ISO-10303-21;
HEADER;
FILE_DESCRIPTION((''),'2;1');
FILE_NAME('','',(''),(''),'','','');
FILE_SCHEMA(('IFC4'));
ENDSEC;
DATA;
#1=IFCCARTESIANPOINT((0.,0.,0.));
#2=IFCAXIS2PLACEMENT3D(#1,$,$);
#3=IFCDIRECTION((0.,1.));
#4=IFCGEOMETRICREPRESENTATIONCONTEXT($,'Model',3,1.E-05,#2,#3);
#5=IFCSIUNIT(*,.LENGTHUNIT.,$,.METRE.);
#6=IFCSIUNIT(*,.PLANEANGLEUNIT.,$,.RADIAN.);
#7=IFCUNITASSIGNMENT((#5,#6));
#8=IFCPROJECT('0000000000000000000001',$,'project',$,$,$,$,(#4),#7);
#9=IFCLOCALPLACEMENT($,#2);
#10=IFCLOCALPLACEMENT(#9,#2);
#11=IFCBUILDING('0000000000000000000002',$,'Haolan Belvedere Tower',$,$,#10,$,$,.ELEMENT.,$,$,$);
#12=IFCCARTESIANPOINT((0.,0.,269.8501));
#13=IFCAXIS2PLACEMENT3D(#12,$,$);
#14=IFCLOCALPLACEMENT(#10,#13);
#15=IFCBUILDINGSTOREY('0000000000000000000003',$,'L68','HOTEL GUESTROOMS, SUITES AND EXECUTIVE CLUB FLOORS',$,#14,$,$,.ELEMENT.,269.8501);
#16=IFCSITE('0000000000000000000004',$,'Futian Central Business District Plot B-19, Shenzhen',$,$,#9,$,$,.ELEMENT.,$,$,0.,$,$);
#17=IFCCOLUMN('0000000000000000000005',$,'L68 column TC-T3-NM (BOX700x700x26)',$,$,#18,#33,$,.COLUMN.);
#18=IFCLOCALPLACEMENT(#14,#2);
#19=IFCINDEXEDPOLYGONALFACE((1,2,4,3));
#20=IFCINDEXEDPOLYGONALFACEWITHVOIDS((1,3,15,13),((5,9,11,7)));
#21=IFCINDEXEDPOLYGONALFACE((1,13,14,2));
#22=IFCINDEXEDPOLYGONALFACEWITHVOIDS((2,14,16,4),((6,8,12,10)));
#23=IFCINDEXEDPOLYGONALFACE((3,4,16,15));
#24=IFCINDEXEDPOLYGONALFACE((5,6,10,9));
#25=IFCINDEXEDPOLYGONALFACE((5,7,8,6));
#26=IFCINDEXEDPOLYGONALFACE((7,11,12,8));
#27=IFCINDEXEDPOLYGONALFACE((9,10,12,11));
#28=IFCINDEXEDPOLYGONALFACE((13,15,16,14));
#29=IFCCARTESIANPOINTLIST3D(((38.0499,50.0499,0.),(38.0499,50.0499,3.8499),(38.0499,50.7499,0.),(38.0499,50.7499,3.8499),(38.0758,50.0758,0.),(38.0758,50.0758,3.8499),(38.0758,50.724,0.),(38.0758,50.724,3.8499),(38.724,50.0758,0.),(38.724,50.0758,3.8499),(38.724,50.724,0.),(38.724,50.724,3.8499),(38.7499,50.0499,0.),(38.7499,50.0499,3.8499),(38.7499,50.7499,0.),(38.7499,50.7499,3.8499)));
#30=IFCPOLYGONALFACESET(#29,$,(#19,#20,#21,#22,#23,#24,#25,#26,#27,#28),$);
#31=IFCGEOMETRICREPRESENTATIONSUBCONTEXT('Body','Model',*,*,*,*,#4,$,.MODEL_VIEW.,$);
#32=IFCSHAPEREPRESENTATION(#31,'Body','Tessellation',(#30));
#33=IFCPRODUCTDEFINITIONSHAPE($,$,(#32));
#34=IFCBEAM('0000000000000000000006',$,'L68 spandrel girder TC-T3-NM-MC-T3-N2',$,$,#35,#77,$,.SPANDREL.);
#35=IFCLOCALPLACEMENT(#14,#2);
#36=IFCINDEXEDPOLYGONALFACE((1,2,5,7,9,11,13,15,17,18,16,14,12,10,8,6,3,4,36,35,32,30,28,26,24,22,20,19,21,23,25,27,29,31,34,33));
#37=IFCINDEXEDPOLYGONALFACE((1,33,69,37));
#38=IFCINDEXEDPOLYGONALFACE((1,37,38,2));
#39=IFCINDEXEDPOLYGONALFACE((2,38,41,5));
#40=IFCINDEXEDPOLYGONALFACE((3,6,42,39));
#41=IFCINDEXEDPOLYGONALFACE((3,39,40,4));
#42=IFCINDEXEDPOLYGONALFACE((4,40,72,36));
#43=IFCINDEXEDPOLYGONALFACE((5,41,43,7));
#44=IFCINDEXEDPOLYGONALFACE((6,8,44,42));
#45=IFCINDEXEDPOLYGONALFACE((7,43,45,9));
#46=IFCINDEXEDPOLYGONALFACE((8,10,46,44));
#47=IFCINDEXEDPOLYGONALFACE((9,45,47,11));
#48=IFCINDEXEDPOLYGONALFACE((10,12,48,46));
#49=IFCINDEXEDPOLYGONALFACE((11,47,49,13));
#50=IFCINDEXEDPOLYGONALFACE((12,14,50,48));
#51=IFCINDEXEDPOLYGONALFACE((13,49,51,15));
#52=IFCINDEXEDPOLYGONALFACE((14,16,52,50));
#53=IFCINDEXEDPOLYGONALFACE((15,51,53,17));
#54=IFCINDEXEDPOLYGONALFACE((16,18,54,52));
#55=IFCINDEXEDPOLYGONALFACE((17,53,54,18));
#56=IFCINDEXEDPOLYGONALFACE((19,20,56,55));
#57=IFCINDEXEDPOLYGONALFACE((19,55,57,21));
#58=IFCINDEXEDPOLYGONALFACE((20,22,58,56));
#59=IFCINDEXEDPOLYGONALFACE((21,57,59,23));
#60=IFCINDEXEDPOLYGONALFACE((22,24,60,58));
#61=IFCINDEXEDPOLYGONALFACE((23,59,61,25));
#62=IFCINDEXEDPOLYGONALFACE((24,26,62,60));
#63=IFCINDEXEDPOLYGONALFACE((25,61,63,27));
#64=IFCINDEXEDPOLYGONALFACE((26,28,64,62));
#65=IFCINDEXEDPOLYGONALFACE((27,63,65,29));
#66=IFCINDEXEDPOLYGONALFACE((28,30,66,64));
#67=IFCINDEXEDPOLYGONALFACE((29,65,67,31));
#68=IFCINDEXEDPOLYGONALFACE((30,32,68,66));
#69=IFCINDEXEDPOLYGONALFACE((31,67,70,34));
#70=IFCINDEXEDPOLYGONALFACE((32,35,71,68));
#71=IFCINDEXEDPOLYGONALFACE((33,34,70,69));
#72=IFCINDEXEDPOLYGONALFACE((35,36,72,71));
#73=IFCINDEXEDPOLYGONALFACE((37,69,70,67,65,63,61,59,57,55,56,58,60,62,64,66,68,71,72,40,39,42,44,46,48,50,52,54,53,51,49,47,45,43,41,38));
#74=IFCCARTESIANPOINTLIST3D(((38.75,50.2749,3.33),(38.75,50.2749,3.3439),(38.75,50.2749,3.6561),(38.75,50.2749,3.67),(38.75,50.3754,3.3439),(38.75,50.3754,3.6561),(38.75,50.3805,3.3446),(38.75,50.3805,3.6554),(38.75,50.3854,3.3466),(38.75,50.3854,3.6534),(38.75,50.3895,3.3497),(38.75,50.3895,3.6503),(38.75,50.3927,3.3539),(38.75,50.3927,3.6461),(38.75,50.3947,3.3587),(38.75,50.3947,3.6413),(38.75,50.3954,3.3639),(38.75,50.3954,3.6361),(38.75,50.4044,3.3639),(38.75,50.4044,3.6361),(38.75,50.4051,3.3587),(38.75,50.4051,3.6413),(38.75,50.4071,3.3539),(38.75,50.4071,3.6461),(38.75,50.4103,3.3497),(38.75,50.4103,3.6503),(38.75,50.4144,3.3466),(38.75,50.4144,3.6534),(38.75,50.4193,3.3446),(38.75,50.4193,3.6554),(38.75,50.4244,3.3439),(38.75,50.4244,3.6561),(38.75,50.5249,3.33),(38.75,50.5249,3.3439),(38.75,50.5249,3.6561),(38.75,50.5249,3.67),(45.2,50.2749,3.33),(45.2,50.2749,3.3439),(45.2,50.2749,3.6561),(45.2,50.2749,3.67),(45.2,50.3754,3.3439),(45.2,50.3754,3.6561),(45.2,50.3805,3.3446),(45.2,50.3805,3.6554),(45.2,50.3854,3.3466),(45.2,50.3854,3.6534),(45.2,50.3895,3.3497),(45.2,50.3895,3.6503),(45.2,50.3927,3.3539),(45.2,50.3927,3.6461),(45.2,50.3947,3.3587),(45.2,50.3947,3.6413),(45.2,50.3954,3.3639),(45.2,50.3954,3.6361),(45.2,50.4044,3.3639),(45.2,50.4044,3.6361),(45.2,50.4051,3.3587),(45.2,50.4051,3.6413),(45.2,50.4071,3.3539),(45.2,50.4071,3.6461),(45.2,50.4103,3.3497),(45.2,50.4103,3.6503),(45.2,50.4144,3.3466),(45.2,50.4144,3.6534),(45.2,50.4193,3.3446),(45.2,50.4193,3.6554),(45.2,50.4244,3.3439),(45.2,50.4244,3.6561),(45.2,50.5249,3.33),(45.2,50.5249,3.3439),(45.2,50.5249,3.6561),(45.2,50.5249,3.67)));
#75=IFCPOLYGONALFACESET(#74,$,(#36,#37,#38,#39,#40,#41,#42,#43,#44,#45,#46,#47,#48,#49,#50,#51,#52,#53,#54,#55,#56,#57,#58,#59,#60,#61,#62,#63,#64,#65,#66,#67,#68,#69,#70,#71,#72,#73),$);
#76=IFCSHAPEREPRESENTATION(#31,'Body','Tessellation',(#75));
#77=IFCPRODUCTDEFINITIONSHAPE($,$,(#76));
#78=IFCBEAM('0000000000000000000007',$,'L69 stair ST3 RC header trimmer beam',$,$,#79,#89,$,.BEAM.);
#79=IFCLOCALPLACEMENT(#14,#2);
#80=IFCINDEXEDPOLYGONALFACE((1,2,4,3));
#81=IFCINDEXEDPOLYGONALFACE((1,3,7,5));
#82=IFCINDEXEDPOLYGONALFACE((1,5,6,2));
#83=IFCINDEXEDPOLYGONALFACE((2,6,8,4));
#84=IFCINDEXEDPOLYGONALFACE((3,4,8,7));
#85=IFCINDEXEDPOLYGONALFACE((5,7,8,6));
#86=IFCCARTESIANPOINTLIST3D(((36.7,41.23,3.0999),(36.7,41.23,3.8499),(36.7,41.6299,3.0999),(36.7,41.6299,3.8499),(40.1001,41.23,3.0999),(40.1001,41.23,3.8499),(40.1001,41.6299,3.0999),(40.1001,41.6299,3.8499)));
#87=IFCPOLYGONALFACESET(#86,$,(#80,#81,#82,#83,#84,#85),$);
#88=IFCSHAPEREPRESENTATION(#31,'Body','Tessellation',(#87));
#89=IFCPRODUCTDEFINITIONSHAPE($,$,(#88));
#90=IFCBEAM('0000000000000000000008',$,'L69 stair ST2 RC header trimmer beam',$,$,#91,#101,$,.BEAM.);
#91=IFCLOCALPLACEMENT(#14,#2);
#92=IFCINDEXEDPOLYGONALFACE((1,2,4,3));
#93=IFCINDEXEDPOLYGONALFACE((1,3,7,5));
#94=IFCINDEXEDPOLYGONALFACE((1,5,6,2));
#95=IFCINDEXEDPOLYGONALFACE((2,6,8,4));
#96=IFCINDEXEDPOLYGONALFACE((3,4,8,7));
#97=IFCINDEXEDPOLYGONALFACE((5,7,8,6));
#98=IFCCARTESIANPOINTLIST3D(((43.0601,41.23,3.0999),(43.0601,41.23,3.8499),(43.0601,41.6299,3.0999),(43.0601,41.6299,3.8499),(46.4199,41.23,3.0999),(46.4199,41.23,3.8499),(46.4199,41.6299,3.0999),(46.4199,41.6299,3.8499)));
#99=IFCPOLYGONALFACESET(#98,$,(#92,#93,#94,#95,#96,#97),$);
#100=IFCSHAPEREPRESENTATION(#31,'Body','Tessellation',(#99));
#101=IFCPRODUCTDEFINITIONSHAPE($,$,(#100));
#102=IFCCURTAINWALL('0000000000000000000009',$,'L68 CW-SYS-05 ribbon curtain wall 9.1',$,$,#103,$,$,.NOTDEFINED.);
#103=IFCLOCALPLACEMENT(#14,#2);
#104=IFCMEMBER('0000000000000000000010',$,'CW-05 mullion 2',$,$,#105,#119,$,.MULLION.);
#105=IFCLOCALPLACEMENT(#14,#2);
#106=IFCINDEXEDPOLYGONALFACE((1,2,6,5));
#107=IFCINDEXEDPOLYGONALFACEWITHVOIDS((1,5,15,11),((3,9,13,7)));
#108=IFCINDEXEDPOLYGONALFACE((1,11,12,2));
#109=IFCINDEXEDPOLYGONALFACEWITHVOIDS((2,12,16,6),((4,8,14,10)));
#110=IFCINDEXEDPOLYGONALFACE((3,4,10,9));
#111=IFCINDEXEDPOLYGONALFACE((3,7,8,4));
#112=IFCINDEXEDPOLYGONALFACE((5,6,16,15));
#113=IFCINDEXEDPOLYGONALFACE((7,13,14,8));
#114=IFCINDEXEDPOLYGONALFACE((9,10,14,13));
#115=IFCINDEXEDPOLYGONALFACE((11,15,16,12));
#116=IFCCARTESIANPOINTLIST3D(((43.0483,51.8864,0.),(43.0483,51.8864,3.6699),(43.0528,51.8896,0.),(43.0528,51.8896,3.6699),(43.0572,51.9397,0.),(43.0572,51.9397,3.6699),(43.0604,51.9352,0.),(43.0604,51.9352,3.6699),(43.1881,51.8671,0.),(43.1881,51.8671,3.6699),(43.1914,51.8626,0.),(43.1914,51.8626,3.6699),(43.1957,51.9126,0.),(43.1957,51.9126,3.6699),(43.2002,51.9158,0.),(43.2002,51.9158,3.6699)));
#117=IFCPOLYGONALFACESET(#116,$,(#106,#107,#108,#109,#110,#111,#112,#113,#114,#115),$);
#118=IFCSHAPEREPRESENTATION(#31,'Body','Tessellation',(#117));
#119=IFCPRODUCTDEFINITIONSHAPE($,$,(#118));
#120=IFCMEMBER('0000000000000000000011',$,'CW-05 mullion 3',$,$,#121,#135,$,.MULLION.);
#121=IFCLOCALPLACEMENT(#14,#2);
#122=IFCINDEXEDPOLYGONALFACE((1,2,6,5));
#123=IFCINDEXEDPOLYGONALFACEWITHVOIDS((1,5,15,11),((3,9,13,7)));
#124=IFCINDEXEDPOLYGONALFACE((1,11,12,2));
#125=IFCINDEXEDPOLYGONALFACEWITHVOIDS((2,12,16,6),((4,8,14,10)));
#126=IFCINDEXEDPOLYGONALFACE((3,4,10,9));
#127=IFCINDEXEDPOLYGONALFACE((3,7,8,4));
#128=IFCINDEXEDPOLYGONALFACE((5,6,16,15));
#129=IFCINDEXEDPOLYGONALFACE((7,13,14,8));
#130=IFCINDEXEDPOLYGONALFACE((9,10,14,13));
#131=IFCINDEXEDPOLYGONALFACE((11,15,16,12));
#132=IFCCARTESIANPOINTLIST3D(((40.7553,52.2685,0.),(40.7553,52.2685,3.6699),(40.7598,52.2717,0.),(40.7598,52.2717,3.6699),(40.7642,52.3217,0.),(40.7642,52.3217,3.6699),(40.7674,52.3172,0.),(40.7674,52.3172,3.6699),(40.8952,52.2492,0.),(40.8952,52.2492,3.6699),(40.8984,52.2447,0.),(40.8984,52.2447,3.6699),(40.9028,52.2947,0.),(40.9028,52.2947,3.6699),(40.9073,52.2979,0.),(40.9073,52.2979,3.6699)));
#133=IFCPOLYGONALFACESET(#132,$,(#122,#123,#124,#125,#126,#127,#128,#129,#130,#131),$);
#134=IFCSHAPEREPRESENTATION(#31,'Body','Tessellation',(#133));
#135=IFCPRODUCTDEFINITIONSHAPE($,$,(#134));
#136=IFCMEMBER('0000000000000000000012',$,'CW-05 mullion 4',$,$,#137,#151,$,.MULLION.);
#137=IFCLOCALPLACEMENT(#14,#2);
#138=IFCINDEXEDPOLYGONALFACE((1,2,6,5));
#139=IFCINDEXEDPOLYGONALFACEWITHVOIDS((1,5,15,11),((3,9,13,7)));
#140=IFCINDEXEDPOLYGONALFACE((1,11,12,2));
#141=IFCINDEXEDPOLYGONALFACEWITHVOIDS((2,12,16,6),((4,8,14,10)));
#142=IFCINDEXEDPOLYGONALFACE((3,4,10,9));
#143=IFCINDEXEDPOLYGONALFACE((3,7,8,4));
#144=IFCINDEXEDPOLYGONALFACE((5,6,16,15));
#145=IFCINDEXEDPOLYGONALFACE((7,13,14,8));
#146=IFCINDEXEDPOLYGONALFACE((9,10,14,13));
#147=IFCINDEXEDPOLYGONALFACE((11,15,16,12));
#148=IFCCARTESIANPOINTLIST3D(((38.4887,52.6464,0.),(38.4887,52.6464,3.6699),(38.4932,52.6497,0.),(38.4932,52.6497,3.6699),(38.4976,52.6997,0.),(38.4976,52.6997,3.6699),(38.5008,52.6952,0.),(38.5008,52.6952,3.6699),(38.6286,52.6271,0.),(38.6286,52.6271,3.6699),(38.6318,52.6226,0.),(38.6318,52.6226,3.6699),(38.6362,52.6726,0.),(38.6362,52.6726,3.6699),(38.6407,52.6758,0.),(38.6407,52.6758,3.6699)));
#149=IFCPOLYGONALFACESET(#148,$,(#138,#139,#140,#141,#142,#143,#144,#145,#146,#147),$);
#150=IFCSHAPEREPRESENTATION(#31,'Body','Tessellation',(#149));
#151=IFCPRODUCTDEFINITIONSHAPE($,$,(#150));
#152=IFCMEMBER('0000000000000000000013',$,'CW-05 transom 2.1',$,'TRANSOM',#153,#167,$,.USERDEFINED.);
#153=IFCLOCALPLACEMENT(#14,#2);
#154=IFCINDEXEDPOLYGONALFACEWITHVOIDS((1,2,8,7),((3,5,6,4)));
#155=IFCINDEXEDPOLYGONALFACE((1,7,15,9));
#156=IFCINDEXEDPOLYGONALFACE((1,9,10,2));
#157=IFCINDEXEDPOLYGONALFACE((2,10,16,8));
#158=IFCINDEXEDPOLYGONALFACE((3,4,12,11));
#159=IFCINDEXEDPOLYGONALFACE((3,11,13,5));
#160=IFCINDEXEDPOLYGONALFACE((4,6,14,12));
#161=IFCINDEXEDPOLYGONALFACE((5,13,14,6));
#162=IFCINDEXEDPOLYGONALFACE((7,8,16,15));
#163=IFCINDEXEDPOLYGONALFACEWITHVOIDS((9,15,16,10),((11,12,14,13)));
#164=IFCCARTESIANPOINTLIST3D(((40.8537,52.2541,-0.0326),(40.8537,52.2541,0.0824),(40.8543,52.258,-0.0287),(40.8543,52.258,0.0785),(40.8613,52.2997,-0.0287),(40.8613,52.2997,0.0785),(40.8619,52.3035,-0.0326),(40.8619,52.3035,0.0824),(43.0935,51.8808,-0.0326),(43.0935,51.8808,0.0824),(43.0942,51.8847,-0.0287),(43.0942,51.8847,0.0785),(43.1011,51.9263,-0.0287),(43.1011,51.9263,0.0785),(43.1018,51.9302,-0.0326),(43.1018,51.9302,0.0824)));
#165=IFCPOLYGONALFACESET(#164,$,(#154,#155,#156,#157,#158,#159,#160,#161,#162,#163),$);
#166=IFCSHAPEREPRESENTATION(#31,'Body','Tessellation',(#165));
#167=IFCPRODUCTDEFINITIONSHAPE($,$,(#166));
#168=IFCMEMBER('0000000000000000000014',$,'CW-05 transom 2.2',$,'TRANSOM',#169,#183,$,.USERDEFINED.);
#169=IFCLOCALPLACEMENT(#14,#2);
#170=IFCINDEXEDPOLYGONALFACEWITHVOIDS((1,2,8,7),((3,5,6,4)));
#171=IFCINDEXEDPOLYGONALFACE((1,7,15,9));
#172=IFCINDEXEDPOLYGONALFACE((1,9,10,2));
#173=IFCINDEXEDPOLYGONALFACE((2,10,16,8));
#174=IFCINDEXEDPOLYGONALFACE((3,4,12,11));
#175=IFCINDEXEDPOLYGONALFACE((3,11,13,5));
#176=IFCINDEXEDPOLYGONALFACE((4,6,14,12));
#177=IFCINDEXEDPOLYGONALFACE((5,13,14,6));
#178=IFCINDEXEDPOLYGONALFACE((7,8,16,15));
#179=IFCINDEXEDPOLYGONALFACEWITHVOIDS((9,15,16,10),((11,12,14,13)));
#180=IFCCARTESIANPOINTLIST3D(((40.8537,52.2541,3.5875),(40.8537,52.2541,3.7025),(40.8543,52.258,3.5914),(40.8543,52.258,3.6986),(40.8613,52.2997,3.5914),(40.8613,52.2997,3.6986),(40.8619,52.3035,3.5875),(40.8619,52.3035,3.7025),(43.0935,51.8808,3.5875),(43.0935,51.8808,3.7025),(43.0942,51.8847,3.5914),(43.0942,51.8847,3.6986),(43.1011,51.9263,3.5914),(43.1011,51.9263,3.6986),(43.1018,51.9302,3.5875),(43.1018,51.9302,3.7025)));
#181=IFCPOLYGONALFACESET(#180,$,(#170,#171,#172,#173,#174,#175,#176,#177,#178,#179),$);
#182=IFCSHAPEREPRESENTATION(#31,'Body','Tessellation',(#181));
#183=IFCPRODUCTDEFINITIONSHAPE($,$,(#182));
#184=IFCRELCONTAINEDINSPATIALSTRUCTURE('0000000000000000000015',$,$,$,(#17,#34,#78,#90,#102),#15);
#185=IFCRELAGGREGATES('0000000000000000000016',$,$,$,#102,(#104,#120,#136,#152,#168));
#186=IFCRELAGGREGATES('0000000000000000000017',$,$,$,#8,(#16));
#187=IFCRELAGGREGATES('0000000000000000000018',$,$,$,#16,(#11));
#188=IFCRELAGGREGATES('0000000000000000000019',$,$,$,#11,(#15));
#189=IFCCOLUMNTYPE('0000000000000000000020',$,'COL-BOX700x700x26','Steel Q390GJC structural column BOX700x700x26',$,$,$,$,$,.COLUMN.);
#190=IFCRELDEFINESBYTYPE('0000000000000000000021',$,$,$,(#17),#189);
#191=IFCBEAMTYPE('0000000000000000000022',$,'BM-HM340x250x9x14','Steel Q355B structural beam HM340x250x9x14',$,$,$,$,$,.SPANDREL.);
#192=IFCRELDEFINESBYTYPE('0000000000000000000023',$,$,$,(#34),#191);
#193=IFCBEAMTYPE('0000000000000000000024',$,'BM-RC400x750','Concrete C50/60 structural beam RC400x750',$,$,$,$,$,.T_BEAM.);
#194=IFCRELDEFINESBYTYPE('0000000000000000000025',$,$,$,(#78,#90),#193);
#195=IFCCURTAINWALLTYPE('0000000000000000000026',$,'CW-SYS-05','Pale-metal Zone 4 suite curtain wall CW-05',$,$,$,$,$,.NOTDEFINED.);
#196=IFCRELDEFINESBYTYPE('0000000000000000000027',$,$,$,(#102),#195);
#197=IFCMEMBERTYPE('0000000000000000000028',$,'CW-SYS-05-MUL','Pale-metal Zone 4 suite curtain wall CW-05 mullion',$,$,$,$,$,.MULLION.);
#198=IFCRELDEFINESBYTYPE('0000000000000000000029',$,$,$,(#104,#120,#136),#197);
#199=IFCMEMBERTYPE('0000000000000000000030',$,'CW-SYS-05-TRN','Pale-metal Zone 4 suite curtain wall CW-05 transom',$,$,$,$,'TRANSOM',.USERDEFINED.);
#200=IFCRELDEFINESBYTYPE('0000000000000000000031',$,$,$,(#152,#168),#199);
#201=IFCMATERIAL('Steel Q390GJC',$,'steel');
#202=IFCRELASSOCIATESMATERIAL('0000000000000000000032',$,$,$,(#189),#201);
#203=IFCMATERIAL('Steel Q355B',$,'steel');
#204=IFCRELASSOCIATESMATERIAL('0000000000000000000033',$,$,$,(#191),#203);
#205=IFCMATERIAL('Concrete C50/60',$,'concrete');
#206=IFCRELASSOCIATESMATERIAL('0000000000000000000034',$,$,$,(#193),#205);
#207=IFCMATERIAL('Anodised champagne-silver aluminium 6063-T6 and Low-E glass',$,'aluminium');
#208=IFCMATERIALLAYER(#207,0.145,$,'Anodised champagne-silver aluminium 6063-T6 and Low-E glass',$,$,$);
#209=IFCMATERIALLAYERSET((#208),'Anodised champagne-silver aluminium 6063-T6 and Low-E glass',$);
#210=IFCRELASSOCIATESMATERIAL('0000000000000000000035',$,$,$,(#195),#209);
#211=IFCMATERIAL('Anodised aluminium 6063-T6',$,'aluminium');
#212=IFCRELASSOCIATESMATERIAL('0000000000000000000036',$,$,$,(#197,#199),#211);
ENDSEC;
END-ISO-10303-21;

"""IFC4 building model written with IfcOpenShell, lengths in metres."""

from ifc_helpers import new_model, si_unit, direction, frame, origin, origin_2d, place, context, subcontext, project, spatial, rectangle, hollow_rectangle, i_section, extrude, material, layer, layer_set, material_profile, profile_set, type_object, element, aggregate, save


model = new_model("IFC4")

# Units and contexts
model_context = context("Model", 3, precision=1e-05, world=origin(), true_north=direction((0.0, 1.0)))
body_context = subcontext(model_context, "Body", "Model", "MODEL_VIEW")
ifc_project = project(units=[si_unit("LENGTHUNIT", "METRE"), si_unit("PLANEANGLEUNIT", "RADIAN")], contexts=[model_context])

# Site, building, storey
site_placement = place(None, origin())
site = spatial("IfcSite", under=ifc_project, at=site_placement, Name="Futian Central Business District Plot B-19, Shenzhen", CompositionType="ELEMENT", RefElevation=0.0)
building_placement = place(site_placement, origin())
building = spatial("IfcBuilding", under=site, at=building_placement, Name="Haolan Belvedere Tower", CompositionType="ELEMENT")
storey_placement = place(building_placement, frame((0.0, 0.0, 269.8501)))
storey = spatial("IfcBuildingStorey", under=building, at=storey_placement, Name="L68", Description="HOTEL GUESTROOMS, SUITES AND EXECUTIVE CLUB FLOORS", CompositionType="ELEMENT", Elevation=269.8501)

# Column
ifc_material_1 = material(Name="Steel Q390GJC", Category="steel")
ifc_material_profile_1 = material_profile(ifc_material_1, hollow_rectangle(XDim=0.7, YDim=0.7, WallThickness=0.0259, at=origin_2d()), Name="Steel Q390GJC")
ifc_profile_set_1 = profile_set([ifc_material_profile_1], Name="Steel Q390GJC")
column_type = type_object("IfcColumnType", Name="COL-BOX700x700x26", Description="Steel Q390GJC structural column BOX700x700x26", PredefinedType="COLUMN", material=ifc_profile_set_1)
column_placement = place(storey_placement, frame((38.3999, 50.3999, 0.0), z_axis=(0.0, 0.0, 1.0), x_axis=(1.0, 0.0, 0.0)))
element("IfcColumn", 1, at=column_placement, inside=storey, type_object=column_type, Name="L68 column TC-T3-NM (BOX700x700x26)", PredefinedType="COLUMN", context=body_context, shape_type="SweptSolid", body=[
    extrude(hollow_rectangle(XDim=0.7, YDim=0.7, WallThickness=0.0259, at=origin_2d()), origin(), (0.0, 0.0, 1.0), 3.8499),
])

# Beams
ifc_material_2 = material(Name="Steel Q355B", Category="steel")
ifc_material_profile_2 = material_profile(ifc_material_2, i_section(OverallWidth=0.25, OverallDepth=0.3401, WebThickness=0.009, FlangeThickness=0.0139, FilletRadius=0.02, at=origin_2d()), Name="Steel Q355B")
ifc_profile_set_2 = profile_set([ifc_material_profile_2], Name="Steel Q355B")
beam_type_1 = type_object("IfcBeamType", Name="BM-HM340x250x9x14", Description="Steel Q355B structural beam HM340x250x9x14", PredefinedType="SPANDREL", material=ifc_profile_set_2)
beam_1_placement = place(storey_placement, frame((38.75, 50.3999, 3.5), z_axis=(1.0, 0.0, 0.0), x_axis=(0.0, 1.0, 0.0)))
element("IfcBeam", 2, at=beam_1_placement, inside=storey, type_object=beam_type_1, Name="L68 spandrel girder TC-T3-NM-MC-T3-N2", PredefinedType="SPANDREL", context=body_context, shape_type="SweptSolid", body=[
    extrude(i_section(OverallWidth=0.25, OverallDepth=0.3401, WebThickness=0.009, FlangeThickness=0.0139, FilletRadius=0.02, at=origin_2d()), origin(), (0.0, 0.0, 1.0), 6.45),
])
ifc_material_3 = material(Name="Concrete C50/60", Category="concrete")
ifc_material_profile_3 = material_profile(ifc_material_3, rectangle(XDim=0.3999, YDim=0.75, at=origin_2d()), Name="Concrete C50/60")
ifc_profile_set_3 = profile_set([ifc_material_profile_3], Name="Concrete C50/60")
beam_type_2 = type_object("IfcBeamType", Name="BM-RC400x750", Description="Concrete C50/60 structural beam RC400x750", PredefinedType="T_BEAM", material=ifc_profile_set_3)
beam_2_placement = place(storey_placement, frame((36.7, 41.4299, 3.4749), z_axis=(1.0, 0.0, 0.0), x_axis=(0.0, 1.0, 0.0)))
element("IfcBeam", 3, at=beam_2_placement, inside=storey, type_object=beam_type_2, Name="L69 stair ST3 RC header trimmer beam", PredefinedType="BEAM", context=body_context, shape_type="SweptSolid", body=[
    extrude(rectangle(XDim=0.3999, YDim=0.75, at=origin_2d()), origin(), (0.0, 0.0, 1.0), 3.4001),
])
beam_3_placement = place(storey_placement, frame((43.0601, 41.4299, 3.4749), z_axis=(1.0, 0.0, 0.0), x_axis=(0.0, 1.0, 0.0)))
element("IfcBeam", 4, at=beam_3_placement, inside=storey, type_object=beam_type_2, Name="L69 stair ST2 RC header trimmer beam", PredefinedType="BEAM", context=body_context, shape_type="SweptSolid", body=[
    extrude(rectangle(XDim=0.3999, YDim=0.75, at=origin_2d()), origin(), (0.0, 0.0, 1.0), 3.3599),
])

# Curtain wall, members
ifc_material_4 = material(Name="Anodised champagne-silver aluminium 6063-T6 and Low-E glass", Category="aluminium")
ifc_layer_1 = layer(ifc_material_4, 0.145, Name="Anodised champagne-silver aluminium 6063-T6 and Low-E glass")
ifc_layer_set_1 = layer_set([ifc_layer_1], Name="Anodised champagne-silver aluminium 6063-T6 and Low-E glass")
curtain_wall_type = type_object("IfcCurtainWallType", Name="CW-SYS-05", Description="Pale-metal Zone 4 suite curtain wall CW-05", PredefinedType="NOTDEFINED", material=ifc_layer_set_1)
curtain_wall_placement = place(storey_placement, origin())
curtain_wall = element("IfcCurtainWall", 5, at=curtain_wall_placement, inside=storey, type_object=curtain_wall_type, Name="L68 CW-SYS-05 ribbon curtain wall 9.1", PredefinedType="NOTDEFINED")
ifc_material_5 = material(Name="Anodised aluminium 6063-T6", Category="aluminium")
ifc_material_profile_4 = material_profile(ifc_material_5, hollow_rectangle(XDim=0.054, YDim=0.145, WallThickness=0.0039, at=origin_2d()), Name="Anodised aluminium 6063-T6")
ifc_profile_set_4 = profile_set([ifc_material_profile_4], Name="Anodised aluminium 6063-T6")
member_type_1 = type_object("IfcMemberType", Name="CW-SYS-05-MUL", Description="Pale-metal Zone 4 suite curtain wall CW-05 mullion", PredefinedType="MULLION", material=ifc_profile_set_4)
member_1_placement = place(storey_placement, frame((43.1243, 51.9011, 0.0), z_axis=(0.0, 0.0, 1.0), x_axis=(-0.164406, -0.986393, 0.0)))
member_1 = element("IfcMember", 6, at=member_1_placement, type_object=member_type_1, Name="CW-05 mullion 2", PredefinedType="MULLION", context=body_context, shape_type="SweptSolid", body=[
    extrude(hollow_rectangle(XDim=0.054, YDim=0.145, WallThickness=0.0039, at=origin_2d()), origin(), (0.0, 0.0, 1.0), 3.6699),
])
member_2_placement = place(storey_placement, frame((40.8313, 52.2832, 0.0), z_axis=(0.0, 0.0, 1.0), x_axis=(-0.164406, -0.986393, 0.0)))
member_2 = element("IfcMember", 7, at=member_2_placement, type_object=member_type_1, Name="CW-05 mullion 3", PredefinedType="MULLION", context=body_context, shape_type="SweptSolid", body=[
    extrude(hollow_rectangle(XDim=0.054, YDim=0.145, WallThickness=0.0039, at=origin_2d()), origin(), (0.0, 0.0, 1.0), 3.6699),
])
member_3_placement = place(storey_placement, frame((38.5647, 52.6611, 0.0), z_axis=(0.0, 0.0, 1.0), x_axis=(-0.164406, -0.986393, 0.0)))
member_3 = element("IfcMember", 8, at=member_3_placement, type_object=member_type_1, Name="CW-05 mullion 4", PredefinedType="MULLION", context=body_context, shape_type="SweptSolid", body=[
    extrude(hollow_rectangle(XDim=0.054, YDim=0.145, WallThickness=0.0039, at=origin_2d()), origin(), (0.0, 0.0, 1.0), 3.6699),
])
ifc_material_profile_5 = material_profile(ifc_material_5, hollow_rectangle(XDim=0.05, YDim=0.115, WallThickness=0.0039, at=origin_2d()), Name="Anodised aluminium 6063-T6")
ifc_profile_set_5 = profile_set([ifc_material_profile_5], Name="Anodised aluminium 6063-T6")
member_type_2 = type_object("IfcMemberType", Name="CW-SYS-05-TRN", Description="Pale-metal Zone 4 suite curtain wall CW-05 transom", ElementType="TRANSOM", PredefinedType="USERDEFINED", material=ifc_profile_set_5)
member_4_placement = place(storey_placement, frame((43.0977, 51.9055, 0.0249), z_axis=(-0.986394, 0.164399, 0.0), x_axis=(-0.164399, -0.986394, 0.0)))
member_4 = element("IfcMember", 9, at=member_4_placement, type_object=member_type_2, Name="CW-05 transom 2.1", ObjectType="TRANSOM", PredefinedType="USERDEFINED", context=body_context, shape_type="SweptSolid", body=[
    extrude(hollow_rectangle(XDim=0.05, YDim=0.115, WallThickness=0.0039, at=origin_2d()), origin(), (0.0, 0.0, 1.0), 2.2708),
])
member_5_placement = place(storey_placement, frame((43.0977, 51.9055, 3.645), z_axis=(-0.986394, 0.164399, 0.0), x_axis=(-0.164399, -0.986394, 0.0)))
member_5 = element("IfcMember", 10, at=member_5_placement, type_object=member_type_2, Name="CW-05 transom 2.2", ObjectType="TRANSOM", PredefinedType="USERDEFINED", context=body_context, shape_type="SweptSolid", body=[
    extrude(hollow_rectangle(XDim=0.05, YDim=0.115, WallThickness=0.0039, at=origin_2d()), origin(), (0.0, 0.0, 1.0), 2.2708),
])
aggregate(curtain_wall, [member_1, member_2, member_3, member_4, member_5])

save(model, "model.ifc")
